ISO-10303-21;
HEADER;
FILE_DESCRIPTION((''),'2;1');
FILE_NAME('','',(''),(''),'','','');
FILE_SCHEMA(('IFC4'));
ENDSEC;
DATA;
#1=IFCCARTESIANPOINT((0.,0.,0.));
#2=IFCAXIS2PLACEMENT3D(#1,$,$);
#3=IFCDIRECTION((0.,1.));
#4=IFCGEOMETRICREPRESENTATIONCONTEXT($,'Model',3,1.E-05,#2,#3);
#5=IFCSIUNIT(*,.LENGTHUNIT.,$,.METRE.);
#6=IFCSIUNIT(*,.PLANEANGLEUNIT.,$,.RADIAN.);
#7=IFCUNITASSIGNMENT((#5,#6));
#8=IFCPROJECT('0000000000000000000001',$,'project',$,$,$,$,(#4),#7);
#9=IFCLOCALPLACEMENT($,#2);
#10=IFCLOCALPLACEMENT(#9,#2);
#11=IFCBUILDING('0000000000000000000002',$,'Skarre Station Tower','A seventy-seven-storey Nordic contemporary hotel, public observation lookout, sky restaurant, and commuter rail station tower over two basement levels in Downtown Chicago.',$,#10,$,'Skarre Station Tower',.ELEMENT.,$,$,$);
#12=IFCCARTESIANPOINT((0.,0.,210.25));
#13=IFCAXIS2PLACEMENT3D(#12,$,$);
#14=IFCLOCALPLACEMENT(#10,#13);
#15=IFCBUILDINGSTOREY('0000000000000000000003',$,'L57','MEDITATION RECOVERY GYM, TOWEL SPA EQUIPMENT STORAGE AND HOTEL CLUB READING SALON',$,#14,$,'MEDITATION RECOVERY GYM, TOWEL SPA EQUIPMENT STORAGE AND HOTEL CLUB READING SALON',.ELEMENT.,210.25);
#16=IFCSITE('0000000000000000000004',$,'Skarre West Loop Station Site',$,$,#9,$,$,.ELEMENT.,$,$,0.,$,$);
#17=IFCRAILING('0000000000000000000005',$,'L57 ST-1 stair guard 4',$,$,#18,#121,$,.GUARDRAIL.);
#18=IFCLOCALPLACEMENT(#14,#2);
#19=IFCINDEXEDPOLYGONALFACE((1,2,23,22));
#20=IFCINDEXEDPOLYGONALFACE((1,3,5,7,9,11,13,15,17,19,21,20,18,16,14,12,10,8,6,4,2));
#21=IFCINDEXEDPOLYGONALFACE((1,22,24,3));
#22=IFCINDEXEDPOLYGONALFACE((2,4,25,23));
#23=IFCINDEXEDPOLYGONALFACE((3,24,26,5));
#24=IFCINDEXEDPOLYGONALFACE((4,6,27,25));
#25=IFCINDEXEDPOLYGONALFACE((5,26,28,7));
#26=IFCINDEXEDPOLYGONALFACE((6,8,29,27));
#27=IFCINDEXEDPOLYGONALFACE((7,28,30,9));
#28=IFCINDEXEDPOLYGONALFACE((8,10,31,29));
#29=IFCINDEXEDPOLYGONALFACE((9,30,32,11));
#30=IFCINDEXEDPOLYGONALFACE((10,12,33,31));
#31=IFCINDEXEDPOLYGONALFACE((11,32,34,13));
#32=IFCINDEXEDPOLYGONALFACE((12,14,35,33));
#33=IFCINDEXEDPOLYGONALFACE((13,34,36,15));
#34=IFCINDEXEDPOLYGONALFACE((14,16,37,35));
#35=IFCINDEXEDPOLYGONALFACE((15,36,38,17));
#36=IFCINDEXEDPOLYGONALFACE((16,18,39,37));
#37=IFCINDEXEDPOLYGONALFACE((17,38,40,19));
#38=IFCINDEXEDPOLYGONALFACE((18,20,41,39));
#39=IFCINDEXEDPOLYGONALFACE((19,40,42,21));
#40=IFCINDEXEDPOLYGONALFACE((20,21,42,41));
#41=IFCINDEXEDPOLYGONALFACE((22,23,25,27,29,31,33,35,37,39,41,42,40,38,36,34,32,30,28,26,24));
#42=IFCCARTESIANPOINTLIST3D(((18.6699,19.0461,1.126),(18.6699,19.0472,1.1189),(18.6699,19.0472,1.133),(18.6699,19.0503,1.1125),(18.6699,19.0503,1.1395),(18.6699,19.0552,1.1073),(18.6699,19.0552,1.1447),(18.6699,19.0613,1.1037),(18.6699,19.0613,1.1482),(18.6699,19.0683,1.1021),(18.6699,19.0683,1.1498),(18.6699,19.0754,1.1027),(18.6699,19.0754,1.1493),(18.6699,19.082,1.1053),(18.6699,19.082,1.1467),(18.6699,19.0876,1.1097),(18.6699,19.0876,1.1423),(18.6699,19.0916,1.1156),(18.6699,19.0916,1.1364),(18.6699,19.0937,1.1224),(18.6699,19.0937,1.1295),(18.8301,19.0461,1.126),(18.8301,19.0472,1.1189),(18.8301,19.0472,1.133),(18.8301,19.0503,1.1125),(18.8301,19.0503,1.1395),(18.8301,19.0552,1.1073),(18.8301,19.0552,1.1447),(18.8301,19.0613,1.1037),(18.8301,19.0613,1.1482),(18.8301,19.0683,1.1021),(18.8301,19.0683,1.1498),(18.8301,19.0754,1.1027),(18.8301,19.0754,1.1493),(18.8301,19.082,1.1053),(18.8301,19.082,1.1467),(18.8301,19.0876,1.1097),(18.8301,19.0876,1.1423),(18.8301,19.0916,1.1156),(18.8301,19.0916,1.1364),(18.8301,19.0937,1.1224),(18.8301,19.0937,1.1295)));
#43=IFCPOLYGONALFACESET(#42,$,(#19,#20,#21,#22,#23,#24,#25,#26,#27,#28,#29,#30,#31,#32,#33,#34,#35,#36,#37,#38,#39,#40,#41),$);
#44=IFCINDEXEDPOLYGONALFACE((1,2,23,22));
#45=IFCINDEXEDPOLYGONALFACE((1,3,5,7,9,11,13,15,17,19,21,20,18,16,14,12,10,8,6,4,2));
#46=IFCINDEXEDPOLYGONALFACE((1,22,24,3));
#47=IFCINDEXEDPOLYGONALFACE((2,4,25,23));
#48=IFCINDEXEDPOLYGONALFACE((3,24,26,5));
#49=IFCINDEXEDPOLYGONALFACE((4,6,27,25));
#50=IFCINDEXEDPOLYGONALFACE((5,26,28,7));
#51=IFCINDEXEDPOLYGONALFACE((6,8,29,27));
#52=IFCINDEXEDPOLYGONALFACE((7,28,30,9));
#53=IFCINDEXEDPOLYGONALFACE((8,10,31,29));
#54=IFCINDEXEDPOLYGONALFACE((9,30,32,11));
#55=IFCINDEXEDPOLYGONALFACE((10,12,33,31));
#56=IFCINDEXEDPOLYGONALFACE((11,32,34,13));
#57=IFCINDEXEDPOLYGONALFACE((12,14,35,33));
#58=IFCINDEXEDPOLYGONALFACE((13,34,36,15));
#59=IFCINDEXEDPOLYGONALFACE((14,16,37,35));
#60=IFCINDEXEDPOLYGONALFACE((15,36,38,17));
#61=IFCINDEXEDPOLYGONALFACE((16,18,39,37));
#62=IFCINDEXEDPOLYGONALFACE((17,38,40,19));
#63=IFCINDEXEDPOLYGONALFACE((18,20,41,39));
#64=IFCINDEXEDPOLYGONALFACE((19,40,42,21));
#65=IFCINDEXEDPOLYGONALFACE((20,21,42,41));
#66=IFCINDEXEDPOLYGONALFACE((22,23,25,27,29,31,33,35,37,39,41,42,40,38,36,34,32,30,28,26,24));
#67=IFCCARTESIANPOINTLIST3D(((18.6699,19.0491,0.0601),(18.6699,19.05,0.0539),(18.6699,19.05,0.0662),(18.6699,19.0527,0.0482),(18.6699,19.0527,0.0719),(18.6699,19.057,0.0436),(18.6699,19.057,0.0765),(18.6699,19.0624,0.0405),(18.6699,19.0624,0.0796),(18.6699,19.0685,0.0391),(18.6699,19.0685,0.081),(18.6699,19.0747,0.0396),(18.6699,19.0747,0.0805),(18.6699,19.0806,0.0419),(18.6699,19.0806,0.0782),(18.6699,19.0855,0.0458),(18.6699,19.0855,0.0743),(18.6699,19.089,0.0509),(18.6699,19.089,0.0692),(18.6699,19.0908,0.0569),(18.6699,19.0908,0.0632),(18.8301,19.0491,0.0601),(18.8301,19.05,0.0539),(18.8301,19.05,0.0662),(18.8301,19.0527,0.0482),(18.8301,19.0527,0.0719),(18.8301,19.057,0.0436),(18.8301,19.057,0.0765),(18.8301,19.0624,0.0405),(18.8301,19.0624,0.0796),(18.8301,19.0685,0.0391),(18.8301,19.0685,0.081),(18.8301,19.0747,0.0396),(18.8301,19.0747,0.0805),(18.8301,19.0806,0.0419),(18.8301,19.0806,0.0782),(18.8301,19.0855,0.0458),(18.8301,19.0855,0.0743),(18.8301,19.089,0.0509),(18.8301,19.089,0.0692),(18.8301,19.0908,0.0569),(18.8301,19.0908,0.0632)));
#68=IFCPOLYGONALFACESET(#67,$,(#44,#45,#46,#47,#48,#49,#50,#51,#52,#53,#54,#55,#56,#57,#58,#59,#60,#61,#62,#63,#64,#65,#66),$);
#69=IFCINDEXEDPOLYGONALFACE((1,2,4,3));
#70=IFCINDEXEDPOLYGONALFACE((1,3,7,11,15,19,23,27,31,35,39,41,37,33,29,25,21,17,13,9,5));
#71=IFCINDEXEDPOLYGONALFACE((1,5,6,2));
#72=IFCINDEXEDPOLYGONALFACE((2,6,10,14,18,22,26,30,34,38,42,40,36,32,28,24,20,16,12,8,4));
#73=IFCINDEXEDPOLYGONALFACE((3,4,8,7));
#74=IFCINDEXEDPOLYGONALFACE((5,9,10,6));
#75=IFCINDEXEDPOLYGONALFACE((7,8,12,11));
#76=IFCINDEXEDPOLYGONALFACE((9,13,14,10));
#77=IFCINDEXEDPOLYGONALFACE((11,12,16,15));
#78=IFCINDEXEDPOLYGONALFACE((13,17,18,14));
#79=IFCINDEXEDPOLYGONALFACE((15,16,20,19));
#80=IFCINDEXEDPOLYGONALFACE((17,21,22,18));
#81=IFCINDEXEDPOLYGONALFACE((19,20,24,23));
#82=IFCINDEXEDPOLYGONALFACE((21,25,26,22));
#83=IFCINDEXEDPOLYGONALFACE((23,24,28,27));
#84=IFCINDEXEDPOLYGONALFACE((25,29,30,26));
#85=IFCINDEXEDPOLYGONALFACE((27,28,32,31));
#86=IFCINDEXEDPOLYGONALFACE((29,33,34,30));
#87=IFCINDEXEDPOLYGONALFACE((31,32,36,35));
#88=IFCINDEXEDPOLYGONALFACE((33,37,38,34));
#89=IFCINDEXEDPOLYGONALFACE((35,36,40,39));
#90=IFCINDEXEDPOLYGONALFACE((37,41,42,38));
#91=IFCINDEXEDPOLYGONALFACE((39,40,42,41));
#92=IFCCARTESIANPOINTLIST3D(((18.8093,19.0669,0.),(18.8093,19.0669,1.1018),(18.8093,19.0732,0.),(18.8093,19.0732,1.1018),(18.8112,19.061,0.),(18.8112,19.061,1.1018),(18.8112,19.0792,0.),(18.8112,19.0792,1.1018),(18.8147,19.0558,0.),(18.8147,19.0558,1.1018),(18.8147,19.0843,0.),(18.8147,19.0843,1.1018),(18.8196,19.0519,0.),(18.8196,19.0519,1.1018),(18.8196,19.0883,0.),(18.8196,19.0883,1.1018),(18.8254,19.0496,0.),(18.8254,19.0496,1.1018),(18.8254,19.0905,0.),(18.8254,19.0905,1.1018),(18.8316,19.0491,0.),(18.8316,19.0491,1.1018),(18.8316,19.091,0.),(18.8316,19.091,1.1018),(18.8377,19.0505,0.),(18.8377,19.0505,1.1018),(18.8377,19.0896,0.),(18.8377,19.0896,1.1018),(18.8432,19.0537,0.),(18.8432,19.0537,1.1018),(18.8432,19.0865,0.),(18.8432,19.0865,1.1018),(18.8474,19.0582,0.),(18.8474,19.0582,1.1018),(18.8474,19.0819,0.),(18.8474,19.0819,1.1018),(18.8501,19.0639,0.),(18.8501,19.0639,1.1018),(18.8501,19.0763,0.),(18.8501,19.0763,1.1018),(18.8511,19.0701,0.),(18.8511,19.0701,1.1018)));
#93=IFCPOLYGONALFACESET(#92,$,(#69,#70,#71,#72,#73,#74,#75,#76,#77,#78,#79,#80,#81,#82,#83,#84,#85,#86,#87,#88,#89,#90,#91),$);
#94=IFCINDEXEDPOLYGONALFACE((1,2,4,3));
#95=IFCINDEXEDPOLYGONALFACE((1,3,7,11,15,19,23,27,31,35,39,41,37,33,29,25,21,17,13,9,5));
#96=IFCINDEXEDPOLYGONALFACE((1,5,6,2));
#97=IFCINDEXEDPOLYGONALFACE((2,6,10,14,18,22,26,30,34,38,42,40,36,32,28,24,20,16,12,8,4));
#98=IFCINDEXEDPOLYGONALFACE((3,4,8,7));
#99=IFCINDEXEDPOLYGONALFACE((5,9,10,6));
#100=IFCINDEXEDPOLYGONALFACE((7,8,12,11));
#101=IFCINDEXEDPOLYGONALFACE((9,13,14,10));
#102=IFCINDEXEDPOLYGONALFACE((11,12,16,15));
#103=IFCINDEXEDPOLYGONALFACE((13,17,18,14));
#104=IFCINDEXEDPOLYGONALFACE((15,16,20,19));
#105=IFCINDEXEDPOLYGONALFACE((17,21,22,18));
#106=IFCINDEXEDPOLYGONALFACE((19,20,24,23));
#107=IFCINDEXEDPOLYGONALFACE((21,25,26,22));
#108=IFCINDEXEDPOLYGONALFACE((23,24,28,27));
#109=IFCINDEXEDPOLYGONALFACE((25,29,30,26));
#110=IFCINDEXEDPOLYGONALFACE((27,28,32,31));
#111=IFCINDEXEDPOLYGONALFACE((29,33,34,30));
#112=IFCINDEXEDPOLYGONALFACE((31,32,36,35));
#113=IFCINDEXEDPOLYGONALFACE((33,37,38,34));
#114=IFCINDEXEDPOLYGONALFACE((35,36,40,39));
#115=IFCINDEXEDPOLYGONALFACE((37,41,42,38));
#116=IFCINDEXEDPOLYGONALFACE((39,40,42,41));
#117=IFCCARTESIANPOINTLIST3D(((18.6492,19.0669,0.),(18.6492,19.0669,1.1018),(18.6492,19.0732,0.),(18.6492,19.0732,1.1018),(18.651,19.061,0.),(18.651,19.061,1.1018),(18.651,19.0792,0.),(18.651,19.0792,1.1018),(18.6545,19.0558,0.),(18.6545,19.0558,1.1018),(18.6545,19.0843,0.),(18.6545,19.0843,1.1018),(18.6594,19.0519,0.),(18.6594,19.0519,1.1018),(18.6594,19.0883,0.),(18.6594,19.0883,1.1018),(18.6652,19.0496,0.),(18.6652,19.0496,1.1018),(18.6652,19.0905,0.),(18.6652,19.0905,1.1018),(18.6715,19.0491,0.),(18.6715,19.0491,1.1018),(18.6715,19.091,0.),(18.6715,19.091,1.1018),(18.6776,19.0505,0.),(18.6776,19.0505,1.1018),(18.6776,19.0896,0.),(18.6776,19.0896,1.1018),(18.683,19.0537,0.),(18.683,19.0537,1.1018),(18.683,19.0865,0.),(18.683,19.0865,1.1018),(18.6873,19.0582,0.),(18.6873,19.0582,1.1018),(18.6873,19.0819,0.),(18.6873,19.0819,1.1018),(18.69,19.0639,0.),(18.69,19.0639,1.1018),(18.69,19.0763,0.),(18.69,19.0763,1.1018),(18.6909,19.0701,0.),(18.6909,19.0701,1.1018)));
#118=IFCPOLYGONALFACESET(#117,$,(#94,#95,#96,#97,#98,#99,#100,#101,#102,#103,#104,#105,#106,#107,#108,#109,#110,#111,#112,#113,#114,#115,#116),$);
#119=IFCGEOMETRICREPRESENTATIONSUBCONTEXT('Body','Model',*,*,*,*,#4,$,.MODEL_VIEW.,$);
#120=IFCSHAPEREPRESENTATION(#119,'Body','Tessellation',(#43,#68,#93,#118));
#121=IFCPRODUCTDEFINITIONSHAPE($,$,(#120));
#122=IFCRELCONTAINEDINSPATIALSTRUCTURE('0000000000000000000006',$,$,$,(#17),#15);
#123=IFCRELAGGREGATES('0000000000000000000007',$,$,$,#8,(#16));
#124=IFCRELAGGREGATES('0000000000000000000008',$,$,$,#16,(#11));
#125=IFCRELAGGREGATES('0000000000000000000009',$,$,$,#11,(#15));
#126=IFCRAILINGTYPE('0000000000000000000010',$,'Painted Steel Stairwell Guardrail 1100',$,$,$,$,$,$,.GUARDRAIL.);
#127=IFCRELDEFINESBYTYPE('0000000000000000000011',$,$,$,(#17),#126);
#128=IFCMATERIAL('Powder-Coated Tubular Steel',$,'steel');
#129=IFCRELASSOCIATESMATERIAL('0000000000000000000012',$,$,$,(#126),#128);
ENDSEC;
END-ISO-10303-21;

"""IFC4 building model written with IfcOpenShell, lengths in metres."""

from ifc_helpers import new_model, si_unit, direction, frame, origin, origin_2d, place, context, subcontext, project, spatial, circle, extrude, material, type_object, element, save


model = new_model("IFC4")

# Units and contexts
model_context = context("Model", 3, precision=1e-05, world=origin(), true_north=direction((0.0, 1.0)))
body_context = subcontext(model_context, "Body", "Model", "MODEL_VIEW")
ifc_project = project(units=[si_unit("LENGTHUNIT", "METRE"), si_unit("PLANEANGLEUNIT", "RADIAN")], contexts=[model_context])

# Site, building, storey
site_placement = place(None, origin())
site = spatial("IfcSite", under=ifc_project, at=site_placement, Name="Skarre West Loop Station Site", CompositionType="ELEMENT", RefElevation=0.0)
building_placement = place(site_placement, origin())
building = spatial("IfcBuilding", under=site, at=building_placement, Name="Skarre Station Tower", Description="A seventy-seven-storey Nordic contemporary hotel, public observation lookout, sky restaurant, and commuter rail station tower over two basement levels in Downtown Chicago.", LongName="Skarre Station Tower", CompositionType="ELEMENT")
storey_placement = place(building_placement, frame((0.0, 0.0, 210.25)))
storey = spatial("IfcBuildingStorey", under=building, at=storey_placement, Name="L57", Description="MEDITATION RECOVERY GYM, TOWEL SPA EQUIPMENT STORAGE AND HOTEL CLUB READING SALON", LongName="MEDITATION RECOVERY GYM, TOWEL SPA EQUIPMENT STORAGE AND HOTEL CLUB READING SALON", CompositionType="ELEMENT", Elevation=210.25)

# Railing
ifc_material_1 = material(Name="Powder-Coated Tubular Steel", Category="steel")
railing_type_1 = type_object("IfcRailingType", Name="Painted Steel Stairwell Guardrail 1100", PredefinedType="GUARDRAIL", material=ifc_material_1)
railing_1_placement = place(storey_placement, frame((18.8301, 19.0701, 0.0)))
element("IfcRailing", 1, at=railing_1_placement, inside=storey, type_object=railing_type_1, Name="L57 ST-1 stair guard 4", PredefinedType="GUARDRAIL", context=body_context, shape_type="SweptSolid", body=[
    extrude(circle(Radius=0.0239, at=origin_2d()), frame((0.0, 0.0, 1.126), z_axis=(-1.0, 0.0, 0.0), x_axis=(0.0, -1.0, 0.0)), (0.0, 0.0, 1.0), 0.1602),
    extrude(circle(Radius=0.021, at=origin_2d()), frame((0.0, 0.0, 0.0601), z_axis=(-1.0, 0.0, 0.0), x_axis=(0.0, -1.0, 0.0)), (0.0, 0.0, 1.0), 0.1602),
    extrude(circle(Radius=0.021, at=origin_2d()), origin(), (0.0, 0.0, 1.0), 1.1018),
    extrude(circle(Radius=0.021, at=origin_2d()), frame((-0.1602, 0.0, 0.0)), (0.0, 0.0, 1.0), 1.1018),
])

save(model, "model.ifc")
